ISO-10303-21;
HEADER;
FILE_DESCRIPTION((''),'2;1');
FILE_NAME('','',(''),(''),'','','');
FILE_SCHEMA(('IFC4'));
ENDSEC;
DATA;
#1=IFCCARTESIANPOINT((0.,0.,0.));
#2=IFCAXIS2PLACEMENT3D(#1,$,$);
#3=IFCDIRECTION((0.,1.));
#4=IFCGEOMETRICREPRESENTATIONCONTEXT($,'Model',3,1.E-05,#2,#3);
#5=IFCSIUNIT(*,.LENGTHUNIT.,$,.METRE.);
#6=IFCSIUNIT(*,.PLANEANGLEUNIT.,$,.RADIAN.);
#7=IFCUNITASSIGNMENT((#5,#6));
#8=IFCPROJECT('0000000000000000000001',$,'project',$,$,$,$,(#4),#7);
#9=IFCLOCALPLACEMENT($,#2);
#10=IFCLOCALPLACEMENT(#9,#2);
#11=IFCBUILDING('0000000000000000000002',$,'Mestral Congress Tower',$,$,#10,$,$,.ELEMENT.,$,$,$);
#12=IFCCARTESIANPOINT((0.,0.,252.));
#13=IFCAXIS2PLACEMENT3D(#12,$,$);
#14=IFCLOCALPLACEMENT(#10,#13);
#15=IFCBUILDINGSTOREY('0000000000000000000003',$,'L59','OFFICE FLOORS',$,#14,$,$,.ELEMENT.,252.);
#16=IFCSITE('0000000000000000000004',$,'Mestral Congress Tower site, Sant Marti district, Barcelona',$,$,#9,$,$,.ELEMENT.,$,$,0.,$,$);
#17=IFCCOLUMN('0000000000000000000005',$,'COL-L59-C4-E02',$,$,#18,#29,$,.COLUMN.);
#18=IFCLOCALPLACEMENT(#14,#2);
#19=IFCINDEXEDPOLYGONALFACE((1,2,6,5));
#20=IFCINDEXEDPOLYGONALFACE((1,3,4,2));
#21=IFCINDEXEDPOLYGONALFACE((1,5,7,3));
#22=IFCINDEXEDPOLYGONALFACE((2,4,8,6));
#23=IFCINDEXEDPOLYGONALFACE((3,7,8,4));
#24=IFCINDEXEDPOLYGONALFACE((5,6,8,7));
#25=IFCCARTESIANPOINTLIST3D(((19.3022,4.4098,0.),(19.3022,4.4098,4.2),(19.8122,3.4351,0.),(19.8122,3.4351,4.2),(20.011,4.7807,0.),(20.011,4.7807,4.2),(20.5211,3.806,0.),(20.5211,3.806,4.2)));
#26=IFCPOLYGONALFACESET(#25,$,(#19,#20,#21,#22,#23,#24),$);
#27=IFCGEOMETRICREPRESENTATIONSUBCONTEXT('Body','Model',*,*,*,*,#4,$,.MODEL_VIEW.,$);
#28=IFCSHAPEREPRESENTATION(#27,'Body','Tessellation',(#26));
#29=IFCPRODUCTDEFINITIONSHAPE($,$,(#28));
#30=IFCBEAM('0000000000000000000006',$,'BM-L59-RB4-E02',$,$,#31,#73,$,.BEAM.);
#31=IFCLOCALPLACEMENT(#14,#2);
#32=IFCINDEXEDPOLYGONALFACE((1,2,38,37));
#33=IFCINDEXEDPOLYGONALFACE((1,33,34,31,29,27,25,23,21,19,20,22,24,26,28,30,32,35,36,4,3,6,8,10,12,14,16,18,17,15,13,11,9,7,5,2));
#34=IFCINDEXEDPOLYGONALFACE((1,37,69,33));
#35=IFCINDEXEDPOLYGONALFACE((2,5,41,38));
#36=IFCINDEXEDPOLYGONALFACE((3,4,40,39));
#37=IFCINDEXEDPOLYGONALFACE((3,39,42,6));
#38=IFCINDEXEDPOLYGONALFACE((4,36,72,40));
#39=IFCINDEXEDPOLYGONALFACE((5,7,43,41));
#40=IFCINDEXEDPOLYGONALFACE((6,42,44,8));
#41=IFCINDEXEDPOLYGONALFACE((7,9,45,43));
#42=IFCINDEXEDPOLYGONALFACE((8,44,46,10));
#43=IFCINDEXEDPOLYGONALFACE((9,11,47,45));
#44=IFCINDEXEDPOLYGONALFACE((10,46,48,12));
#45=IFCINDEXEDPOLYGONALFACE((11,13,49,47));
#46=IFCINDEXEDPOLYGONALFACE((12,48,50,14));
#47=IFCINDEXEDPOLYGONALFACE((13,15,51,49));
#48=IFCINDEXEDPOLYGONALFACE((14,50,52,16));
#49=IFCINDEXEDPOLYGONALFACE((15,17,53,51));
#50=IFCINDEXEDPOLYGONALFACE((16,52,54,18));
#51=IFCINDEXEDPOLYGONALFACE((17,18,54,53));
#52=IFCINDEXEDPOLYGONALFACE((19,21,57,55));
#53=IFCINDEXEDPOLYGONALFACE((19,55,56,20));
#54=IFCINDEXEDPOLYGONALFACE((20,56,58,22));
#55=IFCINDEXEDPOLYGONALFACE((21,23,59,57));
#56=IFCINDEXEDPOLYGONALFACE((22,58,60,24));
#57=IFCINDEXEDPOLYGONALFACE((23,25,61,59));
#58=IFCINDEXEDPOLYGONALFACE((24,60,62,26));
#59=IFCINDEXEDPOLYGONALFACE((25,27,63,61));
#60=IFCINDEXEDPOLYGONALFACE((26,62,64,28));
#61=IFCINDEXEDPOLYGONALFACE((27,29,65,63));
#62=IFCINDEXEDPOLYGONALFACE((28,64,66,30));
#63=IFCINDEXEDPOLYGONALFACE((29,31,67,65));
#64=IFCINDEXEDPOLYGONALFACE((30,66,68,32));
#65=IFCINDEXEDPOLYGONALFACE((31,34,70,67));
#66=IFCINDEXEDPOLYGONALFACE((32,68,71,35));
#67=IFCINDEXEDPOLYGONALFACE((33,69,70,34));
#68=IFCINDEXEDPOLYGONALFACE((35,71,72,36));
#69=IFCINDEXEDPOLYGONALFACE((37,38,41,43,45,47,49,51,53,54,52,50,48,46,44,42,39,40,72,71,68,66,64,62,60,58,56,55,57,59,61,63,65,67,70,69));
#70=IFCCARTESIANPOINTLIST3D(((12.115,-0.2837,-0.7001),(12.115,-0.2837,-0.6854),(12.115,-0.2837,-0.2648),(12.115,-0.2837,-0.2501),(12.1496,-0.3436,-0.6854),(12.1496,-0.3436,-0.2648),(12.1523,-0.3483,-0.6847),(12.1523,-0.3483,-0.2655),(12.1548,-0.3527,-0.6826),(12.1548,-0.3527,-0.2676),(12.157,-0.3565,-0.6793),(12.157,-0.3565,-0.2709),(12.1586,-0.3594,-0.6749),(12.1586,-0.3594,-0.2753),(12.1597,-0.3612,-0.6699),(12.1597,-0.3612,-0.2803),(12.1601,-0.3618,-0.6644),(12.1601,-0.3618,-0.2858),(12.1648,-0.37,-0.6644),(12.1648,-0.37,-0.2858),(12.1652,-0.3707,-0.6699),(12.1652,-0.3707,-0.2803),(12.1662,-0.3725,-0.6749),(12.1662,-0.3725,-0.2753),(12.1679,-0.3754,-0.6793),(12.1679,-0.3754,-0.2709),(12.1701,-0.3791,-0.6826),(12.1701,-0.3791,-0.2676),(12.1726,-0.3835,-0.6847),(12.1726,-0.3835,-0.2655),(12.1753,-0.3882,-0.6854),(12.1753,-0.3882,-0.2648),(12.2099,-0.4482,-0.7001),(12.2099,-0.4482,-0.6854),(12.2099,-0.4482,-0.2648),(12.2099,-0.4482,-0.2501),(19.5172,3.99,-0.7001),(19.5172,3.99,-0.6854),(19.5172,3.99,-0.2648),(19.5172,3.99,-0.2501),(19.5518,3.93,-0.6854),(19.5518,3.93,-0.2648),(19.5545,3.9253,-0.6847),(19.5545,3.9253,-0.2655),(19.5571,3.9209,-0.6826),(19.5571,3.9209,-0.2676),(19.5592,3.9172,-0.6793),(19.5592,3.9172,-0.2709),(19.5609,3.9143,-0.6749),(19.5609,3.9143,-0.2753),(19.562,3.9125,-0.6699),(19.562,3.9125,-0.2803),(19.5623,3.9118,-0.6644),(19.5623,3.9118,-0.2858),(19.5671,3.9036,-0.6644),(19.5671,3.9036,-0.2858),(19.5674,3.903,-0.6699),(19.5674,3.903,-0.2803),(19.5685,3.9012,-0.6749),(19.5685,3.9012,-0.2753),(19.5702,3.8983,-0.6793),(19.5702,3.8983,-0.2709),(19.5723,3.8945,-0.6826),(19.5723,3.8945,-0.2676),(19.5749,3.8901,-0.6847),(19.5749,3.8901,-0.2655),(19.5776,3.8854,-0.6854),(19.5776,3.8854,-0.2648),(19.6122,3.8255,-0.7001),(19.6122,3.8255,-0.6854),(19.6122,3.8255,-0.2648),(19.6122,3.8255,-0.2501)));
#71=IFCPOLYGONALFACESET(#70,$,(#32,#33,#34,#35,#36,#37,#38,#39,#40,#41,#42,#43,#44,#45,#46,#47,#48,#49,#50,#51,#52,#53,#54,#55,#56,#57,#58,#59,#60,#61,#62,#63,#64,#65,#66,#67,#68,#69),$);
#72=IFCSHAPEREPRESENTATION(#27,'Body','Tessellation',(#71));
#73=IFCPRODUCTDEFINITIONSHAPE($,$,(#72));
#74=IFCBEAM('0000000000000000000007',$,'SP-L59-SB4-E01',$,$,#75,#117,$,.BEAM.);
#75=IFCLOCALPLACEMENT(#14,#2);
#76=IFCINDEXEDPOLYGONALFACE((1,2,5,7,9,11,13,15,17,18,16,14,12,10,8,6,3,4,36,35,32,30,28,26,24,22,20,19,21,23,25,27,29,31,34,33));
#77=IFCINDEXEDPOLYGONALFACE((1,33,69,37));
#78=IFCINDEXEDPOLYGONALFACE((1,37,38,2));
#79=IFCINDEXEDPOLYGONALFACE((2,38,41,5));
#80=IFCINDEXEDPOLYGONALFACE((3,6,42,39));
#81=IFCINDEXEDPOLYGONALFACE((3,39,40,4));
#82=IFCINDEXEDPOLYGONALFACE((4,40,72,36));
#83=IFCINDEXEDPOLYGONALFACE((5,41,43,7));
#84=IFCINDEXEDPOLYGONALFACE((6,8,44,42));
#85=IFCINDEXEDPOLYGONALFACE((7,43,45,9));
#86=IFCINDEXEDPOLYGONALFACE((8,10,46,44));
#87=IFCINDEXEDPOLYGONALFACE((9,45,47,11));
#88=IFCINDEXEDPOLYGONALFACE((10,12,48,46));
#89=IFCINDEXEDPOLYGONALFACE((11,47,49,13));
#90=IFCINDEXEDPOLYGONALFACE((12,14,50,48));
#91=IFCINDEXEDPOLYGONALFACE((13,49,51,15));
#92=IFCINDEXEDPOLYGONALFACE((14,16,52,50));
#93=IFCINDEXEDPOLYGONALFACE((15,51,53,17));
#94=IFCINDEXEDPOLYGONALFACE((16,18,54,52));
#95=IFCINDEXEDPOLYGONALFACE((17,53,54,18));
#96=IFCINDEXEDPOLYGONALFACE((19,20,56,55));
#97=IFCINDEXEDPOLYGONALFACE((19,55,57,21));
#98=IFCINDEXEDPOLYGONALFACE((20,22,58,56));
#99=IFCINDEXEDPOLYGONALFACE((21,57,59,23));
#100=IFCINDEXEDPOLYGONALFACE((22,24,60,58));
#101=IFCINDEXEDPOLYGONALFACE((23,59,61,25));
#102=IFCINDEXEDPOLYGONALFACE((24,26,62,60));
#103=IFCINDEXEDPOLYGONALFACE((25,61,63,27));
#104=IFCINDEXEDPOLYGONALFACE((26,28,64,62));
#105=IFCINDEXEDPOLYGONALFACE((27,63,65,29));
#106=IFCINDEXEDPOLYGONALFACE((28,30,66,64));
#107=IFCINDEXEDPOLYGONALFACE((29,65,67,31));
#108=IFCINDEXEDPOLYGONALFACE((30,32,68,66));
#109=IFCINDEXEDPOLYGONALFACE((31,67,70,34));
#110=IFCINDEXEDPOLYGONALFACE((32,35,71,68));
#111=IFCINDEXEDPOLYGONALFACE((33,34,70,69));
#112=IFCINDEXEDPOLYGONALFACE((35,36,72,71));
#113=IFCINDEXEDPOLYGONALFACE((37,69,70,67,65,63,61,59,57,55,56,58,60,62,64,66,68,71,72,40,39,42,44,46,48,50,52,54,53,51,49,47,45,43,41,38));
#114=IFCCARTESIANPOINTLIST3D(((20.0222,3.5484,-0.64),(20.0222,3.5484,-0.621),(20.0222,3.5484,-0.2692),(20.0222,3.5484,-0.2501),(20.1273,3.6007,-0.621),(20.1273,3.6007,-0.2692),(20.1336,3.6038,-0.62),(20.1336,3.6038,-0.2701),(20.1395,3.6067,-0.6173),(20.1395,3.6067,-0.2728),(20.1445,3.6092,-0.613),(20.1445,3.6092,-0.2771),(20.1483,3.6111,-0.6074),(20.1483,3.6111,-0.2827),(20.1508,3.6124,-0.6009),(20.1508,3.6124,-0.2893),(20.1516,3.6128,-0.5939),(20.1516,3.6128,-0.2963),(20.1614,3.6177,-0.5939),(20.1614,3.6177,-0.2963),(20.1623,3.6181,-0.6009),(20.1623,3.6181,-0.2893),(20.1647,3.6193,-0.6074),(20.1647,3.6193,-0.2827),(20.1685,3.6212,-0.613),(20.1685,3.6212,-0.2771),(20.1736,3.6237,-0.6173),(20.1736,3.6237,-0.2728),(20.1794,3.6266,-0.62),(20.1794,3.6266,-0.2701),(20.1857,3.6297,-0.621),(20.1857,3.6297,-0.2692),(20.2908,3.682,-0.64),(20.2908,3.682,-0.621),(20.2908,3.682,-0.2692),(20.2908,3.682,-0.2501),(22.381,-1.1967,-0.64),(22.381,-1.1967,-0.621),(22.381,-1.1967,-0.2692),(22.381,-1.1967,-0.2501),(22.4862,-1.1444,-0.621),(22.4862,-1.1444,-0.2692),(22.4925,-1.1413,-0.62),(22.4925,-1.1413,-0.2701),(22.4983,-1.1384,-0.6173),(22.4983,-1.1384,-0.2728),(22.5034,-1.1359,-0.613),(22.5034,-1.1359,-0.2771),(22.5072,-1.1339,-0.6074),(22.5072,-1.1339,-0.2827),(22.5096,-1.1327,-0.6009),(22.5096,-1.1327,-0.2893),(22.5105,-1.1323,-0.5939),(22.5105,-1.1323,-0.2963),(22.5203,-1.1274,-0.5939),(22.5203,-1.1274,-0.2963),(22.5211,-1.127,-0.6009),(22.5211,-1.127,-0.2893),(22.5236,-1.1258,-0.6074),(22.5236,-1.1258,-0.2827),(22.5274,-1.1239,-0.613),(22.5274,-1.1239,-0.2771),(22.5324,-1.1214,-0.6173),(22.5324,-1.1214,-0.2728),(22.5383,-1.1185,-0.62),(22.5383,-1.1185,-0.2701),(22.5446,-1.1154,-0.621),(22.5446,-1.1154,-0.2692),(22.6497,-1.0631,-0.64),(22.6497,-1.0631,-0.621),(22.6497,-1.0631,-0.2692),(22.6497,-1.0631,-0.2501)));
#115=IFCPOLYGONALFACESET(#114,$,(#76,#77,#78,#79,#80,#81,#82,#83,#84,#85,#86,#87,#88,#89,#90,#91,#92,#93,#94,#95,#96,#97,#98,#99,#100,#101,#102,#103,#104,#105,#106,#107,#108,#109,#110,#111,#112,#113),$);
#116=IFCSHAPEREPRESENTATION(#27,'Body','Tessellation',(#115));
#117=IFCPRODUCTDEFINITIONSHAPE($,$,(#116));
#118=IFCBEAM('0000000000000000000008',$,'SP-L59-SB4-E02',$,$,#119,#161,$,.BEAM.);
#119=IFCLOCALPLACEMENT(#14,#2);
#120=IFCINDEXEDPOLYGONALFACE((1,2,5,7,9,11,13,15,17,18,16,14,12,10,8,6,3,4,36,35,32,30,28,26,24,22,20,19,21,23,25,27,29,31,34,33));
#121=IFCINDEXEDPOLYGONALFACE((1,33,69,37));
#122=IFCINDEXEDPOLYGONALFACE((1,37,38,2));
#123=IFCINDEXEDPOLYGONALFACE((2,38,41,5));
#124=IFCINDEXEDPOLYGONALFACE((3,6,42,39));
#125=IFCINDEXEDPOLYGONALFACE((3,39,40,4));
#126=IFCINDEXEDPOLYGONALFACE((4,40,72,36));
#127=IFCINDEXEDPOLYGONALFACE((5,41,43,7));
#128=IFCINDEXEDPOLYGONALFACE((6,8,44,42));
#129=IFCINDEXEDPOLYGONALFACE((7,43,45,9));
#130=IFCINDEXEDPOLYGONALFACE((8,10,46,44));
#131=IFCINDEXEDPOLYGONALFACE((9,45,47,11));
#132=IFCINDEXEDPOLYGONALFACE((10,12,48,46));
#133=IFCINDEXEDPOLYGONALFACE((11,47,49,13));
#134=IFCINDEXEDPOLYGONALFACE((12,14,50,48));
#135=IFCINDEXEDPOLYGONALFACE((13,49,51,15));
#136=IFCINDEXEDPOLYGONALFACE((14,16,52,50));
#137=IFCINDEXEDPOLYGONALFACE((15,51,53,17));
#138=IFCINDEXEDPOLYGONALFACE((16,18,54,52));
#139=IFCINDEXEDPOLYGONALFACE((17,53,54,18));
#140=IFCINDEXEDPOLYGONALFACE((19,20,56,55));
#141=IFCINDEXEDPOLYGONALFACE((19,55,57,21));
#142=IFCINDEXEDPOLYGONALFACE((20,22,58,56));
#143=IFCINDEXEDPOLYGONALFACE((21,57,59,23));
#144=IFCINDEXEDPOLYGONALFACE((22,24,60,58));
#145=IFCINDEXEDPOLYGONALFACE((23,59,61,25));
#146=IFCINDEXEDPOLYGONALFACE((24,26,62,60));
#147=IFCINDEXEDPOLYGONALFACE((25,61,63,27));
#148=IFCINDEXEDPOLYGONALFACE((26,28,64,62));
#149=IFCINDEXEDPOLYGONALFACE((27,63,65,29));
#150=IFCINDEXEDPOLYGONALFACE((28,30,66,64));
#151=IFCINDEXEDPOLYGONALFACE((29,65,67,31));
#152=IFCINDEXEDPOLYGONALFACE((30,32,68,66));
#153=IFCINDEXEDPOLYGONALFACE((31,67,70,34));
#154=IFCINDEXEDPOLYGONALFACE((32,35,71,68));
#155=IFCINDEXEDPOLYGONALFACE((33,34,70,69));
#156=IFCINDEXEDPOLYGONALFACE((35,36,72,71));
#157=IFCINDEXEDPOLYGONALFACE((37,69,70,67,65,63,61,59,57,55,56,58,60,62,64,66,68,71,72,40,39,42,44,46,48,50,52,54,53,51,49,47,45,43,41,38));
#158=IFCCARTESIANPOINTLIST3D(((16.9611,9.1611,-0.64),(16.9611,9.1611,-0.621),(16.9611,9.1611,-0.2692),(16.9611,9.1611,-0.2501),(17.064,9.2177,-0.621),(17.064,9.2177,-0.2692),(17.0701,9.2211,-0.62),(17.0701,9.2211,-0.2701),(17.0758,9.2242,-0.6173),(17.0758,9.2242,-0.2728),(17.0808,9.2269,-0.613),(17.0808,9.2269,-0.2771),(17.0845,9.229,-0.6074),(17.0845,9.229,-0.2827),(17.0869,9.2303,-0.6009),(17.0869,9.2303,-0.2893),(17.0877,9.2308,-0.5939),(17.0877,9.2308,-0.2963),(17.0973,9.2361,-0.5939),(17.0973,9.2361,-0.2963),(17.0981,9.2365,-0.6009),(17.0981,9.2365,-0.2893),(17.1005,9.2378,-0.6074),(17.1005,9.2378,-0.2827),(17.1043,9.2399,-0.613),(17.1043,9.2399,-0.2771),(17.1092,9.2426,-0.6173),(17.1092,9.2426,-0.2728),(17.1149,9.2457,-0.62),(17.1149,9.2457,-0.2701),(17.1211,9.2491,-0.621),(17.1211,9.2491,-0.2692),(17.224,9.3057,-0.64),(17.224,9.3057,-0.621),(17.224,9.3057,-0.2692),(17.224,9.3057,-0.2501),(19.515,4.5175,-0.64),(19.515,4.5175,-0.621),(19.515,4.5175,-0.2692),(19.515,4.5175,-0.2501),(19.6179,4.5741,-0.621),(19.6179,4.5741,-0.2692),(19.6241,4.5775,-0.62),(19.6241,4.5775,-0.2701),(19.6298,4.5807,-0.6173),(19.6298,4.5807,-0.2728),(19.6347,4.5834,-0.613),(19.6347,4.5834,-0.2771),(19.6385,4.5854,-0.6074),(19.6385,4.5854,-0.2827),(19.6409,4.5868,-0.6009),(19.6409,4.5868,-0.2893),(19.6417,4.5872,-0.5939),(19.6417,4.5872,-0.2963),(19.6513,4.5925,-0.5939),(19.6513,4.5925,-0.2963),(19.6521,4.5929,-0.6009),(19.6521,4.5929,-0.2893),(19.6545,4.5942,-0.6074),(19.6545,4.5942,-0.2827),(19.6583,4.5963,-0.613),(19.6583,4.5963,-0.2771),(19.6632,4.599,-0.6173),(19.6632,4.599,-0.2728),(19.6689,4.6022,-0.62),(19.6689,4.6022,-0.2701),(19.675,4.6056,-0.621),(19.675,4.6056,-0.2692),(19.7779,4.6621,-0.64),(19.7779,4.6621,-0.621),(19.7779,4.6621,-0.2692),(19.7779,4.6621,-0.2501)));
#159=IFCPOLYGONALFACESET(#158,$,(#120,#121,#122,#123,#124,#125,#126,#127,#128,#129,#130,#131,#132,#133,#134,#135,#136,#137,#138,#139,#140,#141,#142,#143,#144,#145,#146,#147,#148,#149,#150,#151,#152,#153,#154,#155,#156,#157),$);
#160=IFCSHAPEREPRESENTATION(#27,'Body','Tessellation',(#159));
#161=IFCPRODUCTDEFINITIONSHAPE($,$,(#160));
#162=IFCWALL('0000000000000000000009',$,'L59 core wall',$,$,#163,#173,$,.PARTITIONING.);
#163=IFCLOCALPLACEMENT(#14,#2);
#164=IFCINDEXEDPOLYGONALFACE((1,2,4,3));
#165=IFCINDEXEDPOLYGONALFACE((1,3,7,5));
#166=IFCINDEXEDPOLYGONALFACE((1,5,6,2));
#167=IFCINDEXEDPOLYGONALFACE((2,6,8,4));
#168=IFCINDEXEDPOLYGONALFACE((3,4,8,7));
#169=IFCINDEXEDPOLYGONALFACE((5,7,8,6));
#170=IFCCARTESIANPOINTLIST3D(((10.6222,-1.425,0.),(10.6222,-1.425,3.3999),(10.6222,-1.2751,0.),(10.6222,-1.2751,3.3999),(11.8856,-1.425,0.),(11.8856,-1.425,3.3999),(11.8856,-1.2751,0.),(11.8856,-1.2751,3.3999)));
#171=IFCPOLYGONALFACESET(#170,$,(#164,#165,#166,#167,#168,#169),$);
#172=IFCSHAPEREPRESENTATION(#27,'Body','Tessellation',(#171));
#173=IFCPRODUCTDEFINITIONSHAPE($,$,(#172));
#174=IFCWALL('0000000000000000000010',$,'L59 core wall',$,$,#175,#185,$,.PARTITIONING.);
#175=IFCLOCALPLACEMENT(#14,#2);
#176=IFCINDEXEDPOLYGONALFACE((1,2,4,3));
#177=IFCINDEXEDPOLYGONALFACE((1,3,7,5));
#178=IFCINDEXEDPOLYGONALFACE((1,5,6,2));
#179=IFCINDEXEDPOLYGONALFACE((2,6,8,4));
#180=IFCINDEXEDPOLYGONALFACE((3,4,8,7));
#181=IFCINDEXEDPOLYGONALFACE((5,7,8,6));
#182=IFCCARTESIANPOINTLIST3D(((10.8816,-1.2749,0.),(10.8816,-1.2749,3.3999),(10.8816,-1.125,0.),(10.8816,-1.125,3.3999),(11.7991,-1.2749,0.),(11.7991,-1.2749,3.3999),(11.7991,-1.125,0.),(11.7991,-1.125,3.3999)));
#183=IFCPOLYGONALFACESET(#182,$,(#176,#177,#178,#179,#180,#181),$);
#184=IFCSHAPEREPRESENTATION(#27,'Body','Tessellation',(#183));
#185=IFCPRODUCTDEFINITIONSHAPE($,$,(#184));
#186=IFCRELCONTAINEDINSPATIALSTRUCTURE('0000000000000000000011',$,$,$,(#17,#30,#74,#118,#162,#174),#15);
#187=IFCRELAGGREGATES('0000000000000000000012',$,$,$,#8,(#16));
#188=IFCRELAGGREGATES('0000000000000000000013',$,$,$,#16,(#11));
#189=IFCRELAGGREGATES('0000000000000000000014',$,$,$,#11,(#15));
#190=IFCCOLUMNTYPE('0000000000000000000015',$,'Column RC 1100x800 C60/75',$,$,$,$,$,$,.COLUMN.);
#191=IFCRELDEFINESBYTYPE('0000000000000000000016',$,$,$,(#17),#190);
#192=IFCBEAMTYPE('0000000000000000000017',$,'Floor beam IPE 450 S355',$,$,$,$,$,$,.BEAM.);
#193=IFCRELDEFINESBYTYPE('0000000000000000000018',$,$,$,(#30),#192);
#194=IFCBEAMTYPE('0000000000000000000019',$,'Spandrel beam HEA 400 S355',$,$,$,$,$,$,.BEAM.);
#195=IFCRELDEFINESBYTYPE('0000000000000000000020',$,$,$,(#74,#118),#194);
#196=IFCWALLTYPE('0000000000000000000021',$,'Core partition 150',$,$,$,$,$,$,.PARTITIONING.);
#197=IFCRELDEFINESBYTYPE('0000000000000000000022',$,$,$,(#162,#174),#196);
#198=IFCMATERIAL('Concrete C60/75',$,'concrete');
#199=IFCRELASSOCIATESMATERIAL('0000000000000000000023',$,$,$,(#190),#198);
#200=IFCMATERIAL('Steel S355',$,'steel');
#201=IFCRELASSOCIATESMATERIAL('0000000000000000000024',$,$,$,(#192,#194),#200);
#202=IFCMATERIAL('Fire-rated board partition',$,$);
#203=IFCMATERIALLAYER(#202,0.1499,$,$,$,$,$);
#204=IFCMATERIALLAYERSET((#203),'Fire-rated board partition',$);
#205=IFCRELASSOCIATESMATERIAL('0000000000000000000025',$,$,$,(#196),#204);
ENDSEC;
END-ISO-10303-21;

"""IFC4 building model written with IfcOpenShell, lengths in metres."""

from ifc_helpers import new_model, si_unit, direction, frame, frame_2d, origin, origin_2d, place, context, subcontext, project, spatial, rectangle, i_section, extrude, material, layer, layer_set, material_profile, profile_set, type_object, element, save


model = new_model("IFC4")

# Units and contexts
model_context = context("Model", 3, precision=1e-05, world=origin(), true_north=direction((0.0, 1.0)))
body_context = subcontext(model_context, "Body", "Model", "MODEL_VIEW")
ifc_project = project(units=[si_unit("LENGTHUNIT", "METRE"), si_unit("PLANEANGLEUNIT", "RADIAN")], contexts=[model_context])

# Site, building, storey
site_placement = place(None, origin())
site = spatial("IfcSite", under=ifc_project, at=site_placement, Name="Mestral Congress Tower site, Sant Marti district, Barcelona", CompositionType="ELEMENT", RefElevation=0.0)
building_placement = place(site_placement, origin())
building = spatial("IfcBuilding", under=site, at=building_placement, Name="Mestral Congress Tower", CompositionType="ELEMENT")
storey_placement = place(building_placement, frame((0.0, 0.0, 252.0)))
storey = spatial("IfcBuildingStorey", under=building, at=storey_placement, Name="L59", Description="OFFICE FLOORS", CompositionType="ELEMENT", Elevation=252.0)

# Column
ifc_material_1 = material(Name="Concrete C60/75", Category="concrete")
ifc_material_profile_1 = material_profile(ifc_material_1, rectangle(XDim=1.1001, YDim=0.8, at=origin_2d()), Name="RC 1100x800")
ifc_profile_set_1 = profile_set([ifc_material_profile_1], Name="Concrete C60/75")
column_type = type_object("IfcColumnType", Name="Column RC 1100x800 C60/75", PredefinedType="COLUMN", material=ifc_profile_set_1)
column_placement = place(storey_placement, frame((19.9116, 4.1079, 0.0), z_axis=(0.0, 0.0, 1.0), x_axis=(-0.463636, 0.886026, 0.0)))
element("IfcColumn", 1, at=column_placement, inside=storey, type_object=column_type, Name="COL-L59-C4-E02", PredefinedType="COLUMN", context=body_context, shape_type="SweptSolid", body=[
    extrude(rectangle(XDim=1.1001, YDim=0.8, at=origin_2d()), origin(), (0.0, 0.0, 1.0), 4.2),
])

# Beams
ifc_material_2 = material(Name="Steel S355", Category="steel")
ifc_material_profile_2 = material_profile(ifc_material_2, i_section(OverallWidth=0.1899, OverallDepth=0.45, WebThickness=0.0095, FlangeThickness=0.0146, FilletRadius=0.021, at=origin_2d()), Name="IPE 450")
ifc_profile_set_2 = profile_set([ifc_material_profile_2], Name="Steel S355")
beam_type_1 = type_object("IfcBeamType", Name="Floor beam IPE 450 S355", PredefinedType="BEAM", material=ifc_profile_set_2)
beam_1_placement = place(storey_placement, frame((19.5647, 3.9077, -0.4751), z_axis=(-0.866029, -0.499994, 0.0), x_axis=(0.499994, -0.866029, 0.0)))
element("IfcBeam", 2, at=beam_1_placement, inside=storey, type_object=beam_type_1, Name="BM-L59-RB4-E02", PredefinedType="BEAM", context=body_context, shape_type="SweptSolid", body=[
    extrude(i_section(OverallWidth=0.1899, OverallDepth=0.45, WebThickness=0.0095, FlangeThickness=0.0146, FilletRadius=0.021, at=origin_2d()), origin(), (0.0, 0.0, 1.0), 8.5474),
])
ifc_material_profile_3 = material_profile(ifc_material_2, i_section(OverallWidth=0.3, OverallDepth=0.3899, WebThickness=0.011, FlangeThickness=0.019, FilletRadius=0.0271, at=origin_2d()), Name="HEA 400")
ifc_profile_set_3 = profile_set([ifc_material_profile_3], Name="Steel S355")
beam_type_2 = type_object("IfcBeamType", Name="Spandrel beam HEA 400 S355", PredefinedType="BEAM", material=ifc_profile_set_3)
beam_2_placement = place(storey_placement, frame((22.5154, -1.1299, -0.4451), z_axis=(-0.445148, 0.895457, 0.0), x_axis=(-0.895457, -0.445148, 0.0)))
element("IfcBeam", 3, at=beam_2_placement, inside=storey, type_object=beam_type_2, Name="SP-L59-SB4-E01", PredefinedType="BEAM", context=body_context, shape_type="SweptSolid", body=[
    extrude(i_section(OverallWidth=0.3, OverallDepth=0.3899, WebThickness=0.011, FlangeThickness=0.019, FilletRadius=0.0271, at=origin_2d()), origin(), (0.0, 0.0, 1.0), 5.2991),
])
beam_3_placement = place(storey_placement, frame((19.6465, 4.5898, -0.4451), z_axis=(-0.481919, 0.876216, 0.0), x_axis=(-0.876216, -0.481919, 0.0)))
element("IfcBeam", 4, at=beam_3_placement, inside=storey, type_object=beam_type_2, Name="SP-L59-SB4-E02", PredefinedType="BEAM", context=body_context, shape_type="SweptSolid", body=[
    extrude(i_section(OverallWidth=0.3, OverallDepth=0.3899, WebThickness=0.011, FlangeThickness=0.019, FilletRadius=0.0271, at=origin_2d()), origin(), (0.0, 0.0, 1.0), 5.2996),
])

# Walls
ifc_material_3 = material(Name="Fire-rated board partition")
ifc_layer_1 = layer(ifc_material_3, 0.1499)
ifc_layer_set_1 = layer_set([ifc_layer_1], Name="Fire-rated board partition")
wall_type_1 = type_object("IfcWallType", Name="Core partition 150", PredefinedType="PARTITIONING", material=ifc_layer_set_1)
wall_1_placement = place(storey_placement, frame((10.6221, -1.3501, 0.0), z_axis=(0.0, 0.0, 1.0), x_axis=(1.0, 0.0, 0.0)))
element("IfcWall", 5, at=wall_1_placement, inside=storey, type_object=wall_type_1, Name="L59 core wall", PredefinedType="PARTITIONING", context=body_context, shape_type="SweptSolid", body=[
    extrude(rectangle(XDim=1.2634, YDim=0.1499, at=frame_2d((0.6318, 0.0))), origin(), (0.0, 0.0, 1.0), 3.3999),
])
wall_2_placement = place(storey_placement, frame((10.8816, -1.2, 0.0), z_axis=(0.0, 0.0, 1.0), x_axis=(1.0, 0.0, 0.0)))
element("IfcWall", 6, at=wall_2_placement, inside=storey, type_object=wall_type_1, Name="L59 core wall", PredefinedType="PARTITIONING", context=body_context, shape_type="SweptSolid", body=[
    extrude(rectangle(XDim=0.9175, YDim=0.1499, at=frame_2d((0.4587, 0.0))), origin(), (0.0, 0.0, 1.0), 3.3999),
])

save(model, "model.ifc")
